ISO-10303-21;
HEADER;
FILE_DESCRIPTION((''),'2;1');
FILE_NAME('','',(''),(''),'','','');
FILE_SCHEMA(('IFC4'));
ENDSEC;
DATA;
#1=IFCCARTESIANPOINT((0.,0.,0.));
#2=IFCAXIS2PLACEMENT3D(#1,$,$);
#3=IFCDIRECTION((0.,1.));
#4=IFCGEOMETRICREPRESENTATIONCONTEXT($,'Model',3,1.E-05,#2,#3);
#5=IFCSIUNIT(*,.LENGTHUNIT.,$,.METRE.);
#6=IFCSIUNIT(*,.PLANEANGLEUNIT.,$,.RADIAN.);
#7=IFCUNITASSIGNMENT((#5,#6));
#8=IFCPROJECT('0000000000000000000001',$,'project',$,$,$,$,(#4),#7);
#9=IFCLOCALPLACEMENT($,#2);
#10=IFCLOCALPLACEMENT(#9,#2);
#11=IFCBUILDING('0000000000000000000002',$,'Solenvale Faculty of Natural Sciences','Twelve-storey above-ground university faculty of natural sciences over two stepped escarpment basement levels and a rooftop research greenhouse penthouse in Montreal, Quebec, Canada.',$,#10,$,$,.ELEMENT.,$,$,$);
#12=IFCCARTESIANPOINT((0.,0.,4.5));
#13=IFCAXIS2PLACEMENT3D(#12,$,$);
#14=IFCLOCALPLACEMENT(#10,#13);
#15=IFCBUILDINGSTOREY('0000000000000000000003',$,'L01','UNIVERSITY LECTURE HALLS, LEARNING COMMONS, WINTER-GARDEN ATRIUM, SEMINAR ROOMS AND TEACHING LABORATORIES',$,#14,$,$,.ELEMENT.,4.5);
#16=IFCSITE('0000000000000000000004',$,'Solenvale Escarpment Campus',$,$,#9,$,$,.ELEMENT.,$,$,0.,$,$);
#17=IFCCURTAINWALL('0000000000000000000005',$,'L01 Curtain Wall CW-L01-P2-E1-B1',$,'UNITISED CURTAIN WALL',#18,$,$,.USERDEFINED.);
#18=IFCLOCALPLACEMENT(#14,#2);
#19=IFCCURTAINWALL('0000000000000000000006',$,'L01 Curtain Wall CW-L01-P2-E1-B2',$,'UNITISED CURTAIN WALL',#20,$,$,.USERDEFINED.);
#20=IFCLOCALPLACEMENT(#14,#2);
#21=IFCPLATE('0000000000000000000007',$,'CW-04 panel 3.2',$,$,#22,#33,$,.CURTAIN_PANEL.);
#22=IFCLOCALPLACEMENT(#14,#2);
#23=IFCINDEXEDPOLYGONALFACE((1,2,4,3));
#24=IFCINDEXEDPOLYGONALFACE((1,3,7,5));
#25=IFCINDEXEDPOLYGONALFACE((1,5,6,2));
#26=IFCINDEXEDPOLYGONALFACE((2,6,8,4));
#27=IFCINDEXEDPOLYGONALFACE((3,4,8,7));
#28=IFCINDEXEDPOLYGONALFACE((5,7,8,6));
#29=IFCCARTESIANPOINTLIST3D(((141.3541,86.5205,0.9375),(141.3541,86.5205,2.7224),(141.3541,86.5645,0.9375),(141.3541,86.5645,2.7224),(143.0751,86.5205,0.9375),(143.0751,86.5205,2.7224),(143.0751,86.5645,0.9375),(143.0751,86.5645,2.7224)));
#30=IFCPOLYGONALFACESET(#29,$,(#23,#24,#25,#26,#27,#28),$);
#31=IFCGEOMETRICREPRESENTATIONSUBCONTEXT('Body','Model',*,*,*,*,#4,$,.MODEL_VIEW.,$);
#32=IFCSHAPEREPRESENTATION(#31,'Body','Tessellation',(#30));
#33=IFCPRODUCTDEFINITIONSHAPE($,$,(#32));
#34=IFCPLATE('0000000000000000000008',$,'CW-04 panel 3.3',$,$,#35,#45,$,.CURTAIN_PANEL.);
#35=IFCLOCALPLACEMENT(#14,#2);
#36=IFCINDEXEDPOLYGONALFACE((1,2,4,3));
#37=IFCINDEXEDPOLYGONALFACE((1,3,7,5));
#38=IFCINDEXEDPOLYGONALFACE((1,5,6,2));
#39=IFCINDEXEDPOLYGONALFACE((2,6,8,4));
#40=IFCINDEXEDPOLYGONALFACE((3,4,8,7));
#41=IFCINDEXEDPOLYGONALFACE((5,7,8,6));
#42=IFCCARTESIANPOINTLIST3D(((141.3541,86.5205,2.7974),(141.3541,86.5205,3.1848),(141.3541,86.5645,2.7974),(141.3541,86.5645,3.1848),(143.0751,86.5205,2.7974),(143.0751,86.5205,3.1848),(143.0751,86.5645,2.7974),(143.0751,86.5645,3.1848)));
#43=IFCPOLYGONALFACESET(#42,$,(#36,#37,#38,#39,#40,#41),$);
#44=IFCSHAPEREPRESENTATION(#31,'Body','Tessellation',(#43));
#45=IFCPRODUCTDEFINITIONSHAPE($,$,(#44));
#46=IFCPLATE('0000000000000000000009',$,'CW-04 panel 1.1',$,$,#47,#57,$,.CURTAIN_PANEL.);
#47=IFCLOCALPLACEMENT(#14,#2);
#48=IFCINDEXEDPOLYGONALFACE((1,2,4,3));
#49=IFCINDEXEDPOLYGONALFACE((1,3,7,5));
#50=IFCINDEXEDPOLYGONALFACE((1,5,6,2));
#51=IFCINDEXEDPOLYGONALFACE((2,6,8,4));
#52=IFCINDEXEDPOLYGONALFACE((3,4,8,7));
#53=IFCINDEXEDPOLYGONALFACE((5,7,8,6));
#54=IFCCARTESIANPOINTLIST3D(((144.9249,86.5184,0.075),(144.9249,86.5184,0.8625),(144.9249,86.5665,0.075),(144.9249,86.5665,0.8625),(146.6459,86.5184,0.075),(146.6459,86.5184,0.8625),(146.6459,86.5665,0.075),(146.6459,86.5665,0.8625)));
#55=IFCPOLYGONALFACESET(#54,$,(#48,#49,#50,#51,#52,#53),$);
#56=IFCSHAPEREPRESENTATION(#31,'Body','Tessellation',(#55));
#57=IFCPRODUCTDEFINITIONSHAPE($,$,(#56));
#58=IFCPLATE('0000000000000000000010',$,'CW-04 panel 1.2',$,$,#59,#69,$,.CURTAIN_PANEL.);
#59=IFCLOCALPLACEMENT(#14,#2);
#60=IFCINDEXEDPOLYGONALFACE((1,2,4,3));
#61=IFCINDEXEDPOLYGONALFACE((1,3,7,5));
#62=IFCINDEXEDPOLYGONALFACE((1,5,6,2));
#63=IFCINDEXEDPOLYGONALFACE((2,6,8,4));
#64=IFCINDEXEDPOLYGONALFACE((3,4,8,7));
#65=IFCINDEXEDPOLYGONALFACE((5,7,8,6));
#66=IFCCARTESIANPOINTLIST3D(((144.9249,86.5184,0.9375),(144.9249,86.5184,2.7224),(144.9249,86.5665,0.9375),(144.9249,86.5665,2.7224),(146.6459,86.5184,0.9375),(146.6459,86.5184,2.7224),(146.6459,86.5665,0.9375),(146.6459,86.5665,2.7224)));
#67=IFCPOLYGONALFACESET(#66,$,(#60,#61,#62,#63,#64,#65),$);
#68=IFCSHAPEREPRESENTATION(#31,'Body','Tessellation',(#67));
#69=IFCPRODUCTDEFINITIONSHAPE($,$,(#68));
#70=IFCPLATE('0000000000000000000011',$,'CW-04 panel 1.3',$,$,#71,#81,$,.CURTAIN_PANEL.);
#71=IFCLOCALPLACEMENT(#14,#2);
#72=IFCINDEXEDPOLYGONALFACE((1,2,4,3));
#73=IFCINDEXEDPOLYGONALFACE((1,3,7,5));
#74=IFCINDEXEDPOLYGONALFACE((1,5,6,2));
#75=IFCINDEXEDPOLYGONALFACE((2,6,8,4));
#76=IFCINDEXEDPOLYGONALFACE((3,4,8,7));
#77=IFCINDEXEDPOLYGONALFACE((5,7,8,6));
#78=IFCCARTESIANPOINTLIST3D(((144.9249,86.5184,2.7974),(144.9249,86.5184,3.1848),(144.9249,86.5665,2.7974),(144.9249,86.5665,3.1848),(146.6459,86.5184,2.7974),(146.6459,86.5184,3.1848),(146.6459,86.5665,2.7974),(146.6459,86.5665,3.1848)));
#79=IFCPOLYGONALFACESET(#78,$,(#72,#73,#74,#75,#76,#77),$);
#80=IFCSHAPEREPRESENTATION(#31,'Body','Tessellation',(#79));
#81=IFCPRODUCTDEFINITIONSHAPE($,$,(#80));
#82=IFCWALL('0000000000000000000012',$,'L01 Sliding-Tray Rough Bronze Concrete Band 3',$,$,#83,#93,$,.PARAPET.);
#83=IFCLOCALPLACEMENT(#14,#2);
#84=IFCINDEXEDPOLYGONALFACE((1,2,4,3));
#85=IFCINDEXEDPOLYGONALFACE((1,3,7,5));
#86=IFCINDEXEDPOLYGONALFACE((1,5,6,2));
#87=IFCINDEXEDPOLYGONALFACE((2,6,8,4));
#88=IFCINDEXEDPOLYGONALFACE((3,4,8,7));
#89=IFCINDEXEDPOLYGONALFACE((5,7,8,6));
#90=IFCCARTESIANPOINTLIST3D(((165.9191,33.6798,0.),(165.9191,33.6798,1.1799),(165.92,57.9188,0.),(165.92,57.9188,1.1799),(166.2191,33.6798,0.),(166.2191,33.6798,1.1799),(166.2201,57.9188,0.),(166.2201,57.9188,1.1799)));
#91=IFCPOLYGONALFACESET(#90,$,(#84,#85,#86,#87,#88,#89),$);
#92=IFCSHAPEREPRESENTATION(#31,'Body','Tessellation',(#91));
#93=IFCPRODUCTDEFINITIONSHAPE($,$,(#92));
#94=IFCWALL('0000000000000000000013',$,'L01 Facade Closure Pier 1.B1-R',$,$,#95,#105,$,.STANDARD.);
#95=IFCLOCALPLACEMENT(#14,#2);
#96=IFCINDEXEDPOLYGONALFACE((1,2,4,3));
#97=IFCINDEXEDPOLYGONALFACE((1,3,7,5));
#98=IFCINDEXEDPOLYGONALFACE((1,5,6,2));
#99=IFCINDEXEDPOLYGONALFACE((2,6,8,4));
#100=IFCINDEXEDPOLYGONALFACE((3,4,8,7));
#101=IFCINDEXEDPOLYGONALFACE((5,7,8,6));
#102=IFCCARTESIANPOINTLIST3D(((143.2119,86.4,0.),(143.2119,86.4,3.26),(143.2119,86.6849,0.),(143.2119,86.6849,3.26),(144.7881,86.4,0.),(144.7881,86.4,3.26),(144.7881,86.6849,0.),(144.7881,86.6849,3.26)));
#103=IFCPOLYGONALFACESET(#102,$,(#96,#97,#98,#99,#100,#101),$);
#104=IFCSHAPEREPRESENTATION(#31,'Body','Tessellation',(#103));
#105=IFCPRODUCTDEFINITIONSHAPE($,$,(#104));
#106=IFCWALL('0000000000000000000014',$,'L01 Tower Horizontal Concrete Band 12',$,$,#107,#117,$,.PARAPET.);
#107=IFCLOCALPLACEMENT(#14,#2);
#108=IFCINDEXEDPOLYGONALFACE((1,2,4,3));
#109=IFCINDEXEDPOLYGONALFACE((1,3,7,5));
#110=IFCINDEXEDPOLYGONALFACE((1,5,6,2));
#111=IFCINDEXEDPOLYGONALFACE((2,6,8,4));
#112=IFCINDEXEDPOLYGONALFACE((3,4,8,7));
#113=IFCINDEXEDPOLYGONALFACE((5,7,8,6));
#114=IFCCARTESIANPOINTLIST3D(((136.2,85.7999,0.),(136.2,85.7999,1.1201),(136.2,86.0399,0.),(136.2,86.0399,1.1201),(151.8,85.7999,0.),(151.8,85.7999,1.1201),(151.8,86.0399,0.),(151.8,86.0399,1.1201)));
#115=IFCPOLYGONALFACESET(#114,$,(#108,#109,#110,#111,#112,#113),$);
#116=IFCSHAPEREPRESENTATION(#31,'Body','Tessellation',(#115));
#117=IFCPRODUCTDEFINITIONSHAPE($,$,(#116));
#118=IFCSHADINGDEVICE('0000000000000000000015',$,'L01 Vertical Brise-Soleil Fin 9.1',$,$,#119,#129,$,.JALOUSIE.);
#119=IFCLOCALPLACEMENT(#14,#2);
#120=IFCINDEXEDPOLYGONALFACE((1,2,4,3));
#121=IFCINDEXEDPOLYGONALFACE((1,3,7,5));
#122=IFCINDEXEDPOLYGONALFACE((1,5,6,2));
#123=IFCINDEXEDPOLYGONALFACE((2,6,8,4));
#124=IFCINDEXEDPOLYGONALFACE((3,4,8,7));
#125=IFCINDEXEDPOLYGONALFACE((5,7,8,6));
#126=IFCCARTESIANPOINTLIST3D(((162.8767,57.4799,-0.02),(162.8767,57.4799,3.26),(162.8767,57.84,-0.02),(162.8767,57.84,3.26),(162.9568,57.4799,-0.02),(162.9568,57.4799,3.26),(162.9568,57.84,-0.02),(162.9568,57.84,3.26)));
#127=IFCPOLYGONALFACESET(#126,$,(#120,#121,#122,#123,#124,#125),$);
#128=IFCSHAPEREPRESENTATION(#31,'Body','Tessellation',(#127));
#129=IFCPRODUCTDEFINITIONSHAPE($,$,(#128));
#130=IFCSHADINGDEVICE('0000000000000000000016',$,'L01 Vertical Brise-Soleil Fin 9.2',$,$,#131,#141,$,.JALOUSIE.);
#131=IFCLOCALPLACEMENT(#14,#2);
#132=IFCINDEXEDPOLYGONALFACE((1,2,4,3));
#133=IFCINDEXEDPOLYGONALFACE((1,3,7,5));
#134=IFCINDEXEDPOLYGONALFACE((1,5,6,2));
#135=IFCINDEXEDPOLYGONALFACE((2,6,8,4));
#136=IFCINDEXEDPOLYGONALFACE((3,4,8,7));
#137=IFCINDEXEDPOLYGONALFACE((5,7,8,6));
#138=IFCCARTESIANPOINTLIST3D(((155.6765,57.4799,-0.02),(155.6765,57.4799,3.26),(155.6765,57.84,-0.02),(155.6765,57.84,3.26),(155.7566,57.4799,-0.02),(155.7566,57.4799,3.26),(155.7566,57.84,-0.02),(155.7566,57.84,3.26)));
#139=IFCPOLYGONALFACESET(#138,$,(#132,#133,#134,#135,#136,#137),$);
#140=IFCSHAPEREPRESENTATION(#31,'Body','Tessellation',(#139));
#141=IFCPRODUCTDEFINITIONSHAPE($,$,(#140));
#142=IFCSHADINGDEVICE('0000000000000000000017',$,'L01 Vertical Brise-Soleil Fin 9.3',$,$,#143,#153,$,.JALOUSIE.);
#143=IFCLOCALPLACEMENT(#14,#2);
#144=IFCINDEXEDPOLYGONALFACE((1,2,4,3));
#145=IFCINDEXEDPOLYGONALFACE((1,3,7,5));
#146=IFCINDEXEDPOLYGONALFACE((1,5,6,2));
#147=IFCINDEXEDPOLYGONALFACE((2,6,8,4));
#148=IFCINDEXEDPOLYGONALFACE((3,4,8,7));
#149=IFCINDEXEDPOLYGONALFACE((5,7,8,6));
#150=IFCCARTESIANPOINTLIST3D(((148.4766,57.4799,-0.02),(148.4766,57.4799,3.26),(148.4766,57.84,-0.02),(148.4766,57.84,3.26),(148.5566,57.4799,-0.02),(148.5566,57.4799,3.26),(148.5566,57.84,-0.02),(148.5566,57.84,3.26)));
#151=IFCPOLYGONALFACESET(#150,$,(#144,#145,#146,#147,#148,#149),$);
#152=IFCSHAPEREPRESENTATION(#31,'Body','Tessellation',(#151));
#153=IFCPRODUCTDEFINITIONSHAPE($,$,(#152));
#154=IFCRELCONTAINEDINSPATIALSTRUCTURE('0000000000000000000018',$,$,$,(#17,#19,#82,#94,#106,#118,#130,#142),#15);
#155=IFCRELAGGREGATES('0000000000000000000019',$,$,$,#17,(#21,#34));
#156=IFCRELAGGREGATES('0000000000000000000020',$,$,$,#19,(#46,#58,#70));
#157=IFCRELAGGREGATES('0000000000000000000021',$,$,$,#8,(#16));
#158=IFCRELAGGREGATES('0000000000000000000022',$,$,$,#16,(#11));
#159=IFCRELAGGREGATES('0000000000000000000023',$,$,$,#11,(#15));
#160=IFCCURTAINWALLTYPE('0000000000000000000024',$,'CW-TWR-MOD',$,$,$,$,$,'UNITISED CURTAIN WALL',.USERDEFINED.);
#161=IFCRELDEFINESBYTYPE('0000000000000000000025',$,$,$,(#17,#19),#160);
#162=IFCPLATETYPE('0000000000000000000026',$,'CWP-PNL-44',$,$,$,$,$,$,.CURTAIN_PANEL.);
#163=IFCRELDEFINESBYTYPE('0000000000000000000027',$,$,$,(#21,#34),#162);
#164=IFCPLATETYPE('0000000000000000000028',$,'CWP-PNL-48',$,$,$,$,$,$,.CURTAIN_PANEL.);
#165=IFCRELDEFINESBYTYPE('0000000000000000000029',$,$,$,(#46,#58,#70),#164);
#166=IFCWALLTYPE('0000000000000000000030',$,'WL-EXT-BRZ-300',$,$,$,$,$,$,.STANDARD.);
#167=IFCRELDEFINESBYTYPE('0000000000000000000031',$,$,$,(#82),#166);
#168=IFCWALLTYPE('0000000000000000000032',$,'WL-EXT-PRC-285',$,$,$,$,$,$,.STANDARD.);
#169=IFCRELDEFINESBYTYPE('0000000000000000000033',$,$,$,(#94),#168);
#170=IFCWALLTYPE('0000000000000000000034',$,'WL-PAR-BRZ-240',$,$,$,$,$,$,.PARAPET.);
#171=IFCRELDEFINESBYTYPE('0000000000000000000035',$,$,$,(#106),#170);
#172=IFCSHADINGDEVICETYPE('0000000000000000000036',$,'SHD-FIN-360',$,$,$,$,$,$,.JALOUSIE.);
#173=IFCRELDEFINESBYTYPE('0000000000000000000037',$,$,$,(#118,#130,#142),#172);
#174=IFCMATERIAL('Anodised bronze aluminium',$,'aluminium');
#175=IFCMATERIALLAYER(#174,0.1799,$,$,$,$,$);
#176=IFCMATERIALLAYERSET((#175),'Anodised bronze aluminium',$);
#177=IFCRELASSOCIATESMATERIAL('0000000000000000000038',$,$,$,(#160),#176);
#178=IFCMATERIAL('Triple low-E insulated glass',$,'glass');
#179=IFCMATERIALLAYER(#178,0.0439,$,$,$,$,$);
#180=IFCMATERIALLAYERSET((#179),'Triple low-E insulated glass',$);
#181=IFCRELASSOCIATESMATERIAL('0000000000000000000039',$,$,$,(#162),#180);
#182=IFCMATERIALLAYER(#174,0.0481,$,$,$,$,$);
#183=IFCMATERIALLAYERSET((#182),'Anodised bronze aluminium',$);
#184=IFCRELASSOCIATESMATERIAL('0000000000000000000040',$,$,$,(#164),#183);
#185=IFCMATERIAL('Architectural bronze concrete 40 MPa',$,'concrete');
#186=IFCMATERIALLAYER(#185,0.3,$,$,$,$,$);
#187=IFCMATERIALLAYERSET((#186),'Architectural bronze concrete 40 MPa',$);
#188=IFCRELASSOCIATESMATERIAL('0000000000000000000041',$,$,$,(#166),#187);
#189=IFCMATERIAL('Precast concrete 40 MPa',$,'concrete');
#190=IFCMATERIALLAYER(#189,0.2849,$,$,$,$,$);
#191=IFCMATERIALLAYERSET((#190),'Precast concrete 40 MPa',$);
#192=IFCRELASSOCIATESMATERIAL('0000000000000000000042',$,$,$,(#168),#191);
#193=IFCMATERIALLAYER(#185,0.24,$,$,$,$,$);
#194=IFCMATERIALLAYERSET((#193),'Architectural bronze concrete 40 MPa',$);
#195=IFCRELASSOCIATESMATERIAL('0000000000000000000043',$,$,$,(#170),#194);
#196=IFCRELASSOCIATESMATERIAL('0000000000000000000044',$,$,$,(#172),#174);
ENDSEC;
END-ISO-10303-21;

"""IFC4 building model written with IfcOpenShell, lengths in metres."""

from ifc_helpers import new_model, si_unit, direction, frame, frame_2d, origin, origin_2d, place, context, subcontext, project, spatial, rectangle, extrude, material, layer, layer_set, material_profile, profile_set, type_object, element, aggregate, save


model = new_model("IFC4")

# Units and contexts
model_context = context("Model", 3, precision=1e-05, world=origin(), true_north=direction((0.0, 1.0)))
body_context = subcontext(model_context, "Body", "Model", "MODEL_VIEW")
ifc_project = project(units=[si_unit("LENGTHUNIT", "METRE"), si_unit("PLANEANGLEUNIT", "RADIAN")], contexts=[model_context])

# Site, building, storey
site_placement = place(None, origin())
site = spatial("IfcSite", under=ifc_project, at=site_placement, Name="Solenvale Escarpment Campus", CompositionType="ELEMENT", RefElevation=0.0)
building_placement = place(site_placement, origin())
building = spatial("IfcBuilding", under=site, at=building_placement, Name="Solenvale Faculty of Natural Sciences", Description="Twelve-storey above-ground university faculty of natural sciences over two stepped escarpment basement levels and a rooftop research greenhouse penthouse in Montreal, Quebec, Canada.", CompositionType="ELEMENT")
storey_placement = place(building_placement, frame((0.0, 0.0, 4.5)))
storey = spatial("IfcBuildingStorey", under=building, at=storey_placement, Name="L01", Description="UNIVERSITY LECTURE HALLS, LEARNING COMMONS, WINTER-GARDEN ATRIUM, SEMINAR ROOMS AND TEACHING LABORATORIES", CompositionType="ELEMENT", Elevation=4.5)

# Curtain wall
ifc_material_1 = material(Name="Anodised bronze aluminium", Category="aluminium")
ifc_layer_1 = layer(ifc_material_1, 0.1799)
ifc_layer_set_1 = layer_set([ifc_layer_1], Name="Anodised bronze aluminium")
curtain_wall_type = type_object("IfcCurtainWallType", Name="CW-TWR-MOD", ElementType="UNITISED CURTAIN WALL", PredefinedType="USERDEFINED", material=ifc_layer_set_1)
curtain_wall_1_placement = place(storey_placement, origin())
curtain_wall_1 = element("IfcCurtainWall", 1, at=curtain_wall_1_placement, inside=storey, type_object=curtain_wall_type, Name="L01 Curtain Wall CW-L01-P2-E1-B1", ObjectType="UNITISED CURTAIN WALL", PredefinedType="USERDEFINED")

# Curtain wall
curtain_wall_2_placement = place(storey_placement, origin())
curtain_wall_2 = element("IfcCurtainWall", 2, at=curtain_wall_2_placement, inside=storey, type_object=curtain_wall_type, Name="L01 Curtain Wall CW-L01-P2-E1-B2", ObjectType="UNITISED CURTAIN WALL", PredefinedType="USERDEFINED")

# Plates
ifc_material_2 = material(Name="Triple low-E insulated glass", Category="glass")
ifc_layer_2 = layer(ifc_material_2, 0.0439)
ifc_layer_set_2 = layer_set([ifc_layer_2], Name="Triple low-E insulated glass")
plate_type_1 = type_object("IfcPlateType", Name="CWP-PNL-44", PredefinedType="CURTAIN_PANEL", material=ifc_layer_set_2)
plate_1_placement = place(storey_placement, frame((142.2146, 86.5425, 0.9375), z_axis=(0.0, 0.0, 1.0), x_axis=(1.0, 0.0, 0.0)))
plate_1 = element("IfcPlate", 3, at=plate_1_placement, type_object=plate_type_1, Name="CW-04 panel 3.2", PredefinedType="CURTAIN_PANEL", context=body_context, shape_type="SweptSolid", body=[
    extrude(rectangle(XDim=1.7209, YDim=0.0439, at=origin_2d()), origin(), (0.0, 0.0, 1.0), 1.7849),
])
plate_2_placement = place(storey_placement, frame((142.2146, 86.5425, 2.7974), z_axis=(0.0, 0.0, 1.0), x_axis=(1.0, 0.0, 0.0)))
plate_2 = element("IfcPlate", 4, at=plate_2_placement, type_object=plate_type_1, Name="CW-04 panel 3.3", PredefinedType="CURTAIN_PANEL", context=body_context, shape_type="SweptSolid", body=[
    extrude(rectangle(XDim=1.7209, YDim=0.0439, at=origin_2d()), origin(), (0.0, 0.0, 1.0), 0.3875),
])
aggregate(curtain_wall_1, [plate_1, plate_2])
ifc_layer_3 = layer(ifc_material_1, 0.0481)
ifc_layer_set_3 = layer_set([ifc_layer_3], Name="Anodised bronze aluminium")
plate_type_2 = type_object("IfcPlateType", Name="CWP-PNL-48", PredefinedType="CURTAIN_PANEL", material=ifc_layer_set_3)
plate_3_placement = place(storey_placement, frame((145.7854, 86.5425, 0.075), z_axis=(0.0, 0.0, 1.0), x_axis=(1.0, 0.0, 0.0)))
plate_3 = element("IfcPlate", 5, at=plate_3_placement, type_object=plate_type_2, Name="CW-04 panel 1.1", PredefinedType="CURTAIN_PANEL", context=body_context, shape_type="SweptSolid", body=[
    extrude(rectangle(XDim=1.7209, YDim=0.0481, at=origin_2d()), origin(), (0.0, 0.0, 1.0), 0.7876),
])
plate_4_placement = place(storey_placement, frame((145.7854, 86.5425, 0.9375), z_axis=(0.0, 0.0, 1.0), x_axis=(1.0, 0.0, 0.0)))
plate_4 = element("IfcPlate", 6, at=plate_4_placement, type_object=plate_type_2, Name="CW-04 panel 1.2", PredefinedType="CURTAIN_PANEL", context=body_context, shape_type="SweptSolid", body=[
    extrude(rectangle(XDim=1.7209, YDim=0.0481, at=origin_2d()), origin(), (0.0, 0.0, 1.0), 1.7849),
])
plate_5_placement = place(storey_placement, frame((145.7854, 86.5425, 2.7974), z_axis=(0.0, 0.0, 1.0), x_axis=(1.0, 0.0, 0.0)))
plate_5 = element("IfcPlate", 7, at=plate_5_placement, type_object=plate_type_2, Name="CW-04 panel 1.3", PredefinedType="CURTAIN_PANEL", context=body_context, shape_type="SweptSolid", body=[
    extrude(rectangle(XDim=1.7209, YDim=0.0481, at=origin_2d()), origin(), (0.0, 0.0, 1.0), 0.3875),
])
aggregate(curtain_wall_2, [plate_3, plate_4, plate_5])

# Walls
ifc_material_3 = material(Name="Architectural bronze concrete 40 MPa", Category="concrete")
ifc_layer_4 = layer(ifc_material_3, 0.3)
ifc_layer_set_4 = layer_set([ifc_layer_4], Name="Architectural bronze concrete 40 MPa")
wall_type_1 = type_object("IfcWallType", Name="WL-EXT-BRZ-300", PredefinedType="STANDARD", material=ifc_layer_set_4)
wall_1_placement = place(storey_placement, frame((166.0701, 57.9189, 0.0), z_axis=(0.0, 0.0, 1.0), x_axis=(-0.00004, -1.0, 0.0)))
element("IfcWall", 8, at=wall_1_placement, inside=storey, type_object=wall_type_1, Name="L01 Sliding-Tray Rough Bronze Concrete Band 3", PredefinedType="PARAPET", context=body_context, shape_type="SweptSolid", body=[
    extrude(rectangle(XDim=24.239, YDim=0.3, at=frame_2d((12.1196, 0.0))), origin(), (0.0, 0.0, 1.0), 1.1799),
])
ifc_material_4 = material(Name="Precast concrete 40 MPa", Category="concrete")
ifc_layer_5 = layer(ifc_material_4, 0.2849)
ifc_layer_set_5 = layer_set([ifc_layer_5], Name="Precast concrete 40 MPa")
wall_type_2 = type_object("IfcWallType", Name="WL-EXT-PRC-285", PredefinedType="STANDARD", material=ifc_layer_set_5)
wall_2_placement = place(storey_placement, frame((143.2119, 86.5425, 0.0), z_axis=(0.0, 0.0, 1.0), x_axis=(1.0, 0.0, 0.0)))
element("IfcWall", 9, at=wall_2_placement, inside=storey, type_object=wall_type_2, Name="L01 Facade Closure Pier 1.B1-R", PredefinedType="STANDARD", context=body_context, shape_type="SweptSolid", body=[
    extrude(rectangle(XDim=1.5762, YDim=0.2849, at=frame_2d((0.7881, 0.0))), origin(), (0.0, 0.0, 1.0), 3.26),
])
ifc_layer_6 = layer(ifc_material_3, 0.24)
ifc_layer_set_6 = layer_set([ifc_layer_6], Name="Architectural bronze concrete 40 MPa")
wall_type_3 = type_object("IfcWallType", Name="WL-PAR-BRZ-240", PredefinedType="PARAPET", material=ifc_layer_set_6)
wall_3_placement = place(storey_placement, frame((151.8, 85.9199, 0.0), z_axis=(0.0, 0.0, 1.0), x_axis=(-1.0, 0.0, 0.0)))
element("IfcWall", 10, at=wall_3_placement, inside=storey, type_object=wall_type_3, Name="L01 Tower Horizontal Concrete Band 12", PredefinedType="PARAPET", context=body_context, shape_type="SweptSolid", body=[
    extrude(rectangle(XDim=15.6001, YDim=0.24, at=frame_2d((7.8, 0.0))), origin(), (0.0, 0.0, 1.0), 1.1201),
])

# Shading devices
ifc_material_profile_1 = material_profile(ifc_material_1, rectangle(XDim=0.0801, YDim=0.3601, at=origin_2d()), Name="ALU-FIN-80x360")
ifc_profile_set_1 = profile_set([ifc_material_profile_1], Name="Anodised bronze aluminium")
shading_device_type = type_object("IfcShadingDeviceType", Name="SHD-FIN-360", PredefinedType="JALOUSIE", material=ifc_profile_set_1)
for number, where, z_axis, x_axis, name in (
    (11, (162.9167, 57.6599, -0.02), (0.0, 0.0, 1.0), (1.0, 0.0, 0.0), "L01 Vertical Brise-Soleil Fin 9.1"),
    (12, (155.7166, 57.6599, -0.02), (0.0, 0.0, 1.0), (1.0, 0.0, 0.0), "L01 Vertical Brise-Soleil Fin 9.2"),
    (13, (148.5166, 57.6599, -0.02), (0.0, 0.0, 1.0), (1.0, 0.0, 0.0), "L01 Vertical Brise-Soleil Fin 9.3"),
):
    element("IfcShadingDevice", number, at=place(storey_placement, frame(where, z_axis=z_axis, x_axis=x_axis)), inside=storey, type_object=shading_device_type, Name=name, PredefinedType="JALOUSIE", context=body_context, shape_type="SweptSolid", body=[
        extrude(rectangle(XDim=0.0801, YDim=0.3601, at=origin_2d()), origin(), (0.0, 0.0, 1.0), 3.28),
    ])

save(model, "model.ifc")
